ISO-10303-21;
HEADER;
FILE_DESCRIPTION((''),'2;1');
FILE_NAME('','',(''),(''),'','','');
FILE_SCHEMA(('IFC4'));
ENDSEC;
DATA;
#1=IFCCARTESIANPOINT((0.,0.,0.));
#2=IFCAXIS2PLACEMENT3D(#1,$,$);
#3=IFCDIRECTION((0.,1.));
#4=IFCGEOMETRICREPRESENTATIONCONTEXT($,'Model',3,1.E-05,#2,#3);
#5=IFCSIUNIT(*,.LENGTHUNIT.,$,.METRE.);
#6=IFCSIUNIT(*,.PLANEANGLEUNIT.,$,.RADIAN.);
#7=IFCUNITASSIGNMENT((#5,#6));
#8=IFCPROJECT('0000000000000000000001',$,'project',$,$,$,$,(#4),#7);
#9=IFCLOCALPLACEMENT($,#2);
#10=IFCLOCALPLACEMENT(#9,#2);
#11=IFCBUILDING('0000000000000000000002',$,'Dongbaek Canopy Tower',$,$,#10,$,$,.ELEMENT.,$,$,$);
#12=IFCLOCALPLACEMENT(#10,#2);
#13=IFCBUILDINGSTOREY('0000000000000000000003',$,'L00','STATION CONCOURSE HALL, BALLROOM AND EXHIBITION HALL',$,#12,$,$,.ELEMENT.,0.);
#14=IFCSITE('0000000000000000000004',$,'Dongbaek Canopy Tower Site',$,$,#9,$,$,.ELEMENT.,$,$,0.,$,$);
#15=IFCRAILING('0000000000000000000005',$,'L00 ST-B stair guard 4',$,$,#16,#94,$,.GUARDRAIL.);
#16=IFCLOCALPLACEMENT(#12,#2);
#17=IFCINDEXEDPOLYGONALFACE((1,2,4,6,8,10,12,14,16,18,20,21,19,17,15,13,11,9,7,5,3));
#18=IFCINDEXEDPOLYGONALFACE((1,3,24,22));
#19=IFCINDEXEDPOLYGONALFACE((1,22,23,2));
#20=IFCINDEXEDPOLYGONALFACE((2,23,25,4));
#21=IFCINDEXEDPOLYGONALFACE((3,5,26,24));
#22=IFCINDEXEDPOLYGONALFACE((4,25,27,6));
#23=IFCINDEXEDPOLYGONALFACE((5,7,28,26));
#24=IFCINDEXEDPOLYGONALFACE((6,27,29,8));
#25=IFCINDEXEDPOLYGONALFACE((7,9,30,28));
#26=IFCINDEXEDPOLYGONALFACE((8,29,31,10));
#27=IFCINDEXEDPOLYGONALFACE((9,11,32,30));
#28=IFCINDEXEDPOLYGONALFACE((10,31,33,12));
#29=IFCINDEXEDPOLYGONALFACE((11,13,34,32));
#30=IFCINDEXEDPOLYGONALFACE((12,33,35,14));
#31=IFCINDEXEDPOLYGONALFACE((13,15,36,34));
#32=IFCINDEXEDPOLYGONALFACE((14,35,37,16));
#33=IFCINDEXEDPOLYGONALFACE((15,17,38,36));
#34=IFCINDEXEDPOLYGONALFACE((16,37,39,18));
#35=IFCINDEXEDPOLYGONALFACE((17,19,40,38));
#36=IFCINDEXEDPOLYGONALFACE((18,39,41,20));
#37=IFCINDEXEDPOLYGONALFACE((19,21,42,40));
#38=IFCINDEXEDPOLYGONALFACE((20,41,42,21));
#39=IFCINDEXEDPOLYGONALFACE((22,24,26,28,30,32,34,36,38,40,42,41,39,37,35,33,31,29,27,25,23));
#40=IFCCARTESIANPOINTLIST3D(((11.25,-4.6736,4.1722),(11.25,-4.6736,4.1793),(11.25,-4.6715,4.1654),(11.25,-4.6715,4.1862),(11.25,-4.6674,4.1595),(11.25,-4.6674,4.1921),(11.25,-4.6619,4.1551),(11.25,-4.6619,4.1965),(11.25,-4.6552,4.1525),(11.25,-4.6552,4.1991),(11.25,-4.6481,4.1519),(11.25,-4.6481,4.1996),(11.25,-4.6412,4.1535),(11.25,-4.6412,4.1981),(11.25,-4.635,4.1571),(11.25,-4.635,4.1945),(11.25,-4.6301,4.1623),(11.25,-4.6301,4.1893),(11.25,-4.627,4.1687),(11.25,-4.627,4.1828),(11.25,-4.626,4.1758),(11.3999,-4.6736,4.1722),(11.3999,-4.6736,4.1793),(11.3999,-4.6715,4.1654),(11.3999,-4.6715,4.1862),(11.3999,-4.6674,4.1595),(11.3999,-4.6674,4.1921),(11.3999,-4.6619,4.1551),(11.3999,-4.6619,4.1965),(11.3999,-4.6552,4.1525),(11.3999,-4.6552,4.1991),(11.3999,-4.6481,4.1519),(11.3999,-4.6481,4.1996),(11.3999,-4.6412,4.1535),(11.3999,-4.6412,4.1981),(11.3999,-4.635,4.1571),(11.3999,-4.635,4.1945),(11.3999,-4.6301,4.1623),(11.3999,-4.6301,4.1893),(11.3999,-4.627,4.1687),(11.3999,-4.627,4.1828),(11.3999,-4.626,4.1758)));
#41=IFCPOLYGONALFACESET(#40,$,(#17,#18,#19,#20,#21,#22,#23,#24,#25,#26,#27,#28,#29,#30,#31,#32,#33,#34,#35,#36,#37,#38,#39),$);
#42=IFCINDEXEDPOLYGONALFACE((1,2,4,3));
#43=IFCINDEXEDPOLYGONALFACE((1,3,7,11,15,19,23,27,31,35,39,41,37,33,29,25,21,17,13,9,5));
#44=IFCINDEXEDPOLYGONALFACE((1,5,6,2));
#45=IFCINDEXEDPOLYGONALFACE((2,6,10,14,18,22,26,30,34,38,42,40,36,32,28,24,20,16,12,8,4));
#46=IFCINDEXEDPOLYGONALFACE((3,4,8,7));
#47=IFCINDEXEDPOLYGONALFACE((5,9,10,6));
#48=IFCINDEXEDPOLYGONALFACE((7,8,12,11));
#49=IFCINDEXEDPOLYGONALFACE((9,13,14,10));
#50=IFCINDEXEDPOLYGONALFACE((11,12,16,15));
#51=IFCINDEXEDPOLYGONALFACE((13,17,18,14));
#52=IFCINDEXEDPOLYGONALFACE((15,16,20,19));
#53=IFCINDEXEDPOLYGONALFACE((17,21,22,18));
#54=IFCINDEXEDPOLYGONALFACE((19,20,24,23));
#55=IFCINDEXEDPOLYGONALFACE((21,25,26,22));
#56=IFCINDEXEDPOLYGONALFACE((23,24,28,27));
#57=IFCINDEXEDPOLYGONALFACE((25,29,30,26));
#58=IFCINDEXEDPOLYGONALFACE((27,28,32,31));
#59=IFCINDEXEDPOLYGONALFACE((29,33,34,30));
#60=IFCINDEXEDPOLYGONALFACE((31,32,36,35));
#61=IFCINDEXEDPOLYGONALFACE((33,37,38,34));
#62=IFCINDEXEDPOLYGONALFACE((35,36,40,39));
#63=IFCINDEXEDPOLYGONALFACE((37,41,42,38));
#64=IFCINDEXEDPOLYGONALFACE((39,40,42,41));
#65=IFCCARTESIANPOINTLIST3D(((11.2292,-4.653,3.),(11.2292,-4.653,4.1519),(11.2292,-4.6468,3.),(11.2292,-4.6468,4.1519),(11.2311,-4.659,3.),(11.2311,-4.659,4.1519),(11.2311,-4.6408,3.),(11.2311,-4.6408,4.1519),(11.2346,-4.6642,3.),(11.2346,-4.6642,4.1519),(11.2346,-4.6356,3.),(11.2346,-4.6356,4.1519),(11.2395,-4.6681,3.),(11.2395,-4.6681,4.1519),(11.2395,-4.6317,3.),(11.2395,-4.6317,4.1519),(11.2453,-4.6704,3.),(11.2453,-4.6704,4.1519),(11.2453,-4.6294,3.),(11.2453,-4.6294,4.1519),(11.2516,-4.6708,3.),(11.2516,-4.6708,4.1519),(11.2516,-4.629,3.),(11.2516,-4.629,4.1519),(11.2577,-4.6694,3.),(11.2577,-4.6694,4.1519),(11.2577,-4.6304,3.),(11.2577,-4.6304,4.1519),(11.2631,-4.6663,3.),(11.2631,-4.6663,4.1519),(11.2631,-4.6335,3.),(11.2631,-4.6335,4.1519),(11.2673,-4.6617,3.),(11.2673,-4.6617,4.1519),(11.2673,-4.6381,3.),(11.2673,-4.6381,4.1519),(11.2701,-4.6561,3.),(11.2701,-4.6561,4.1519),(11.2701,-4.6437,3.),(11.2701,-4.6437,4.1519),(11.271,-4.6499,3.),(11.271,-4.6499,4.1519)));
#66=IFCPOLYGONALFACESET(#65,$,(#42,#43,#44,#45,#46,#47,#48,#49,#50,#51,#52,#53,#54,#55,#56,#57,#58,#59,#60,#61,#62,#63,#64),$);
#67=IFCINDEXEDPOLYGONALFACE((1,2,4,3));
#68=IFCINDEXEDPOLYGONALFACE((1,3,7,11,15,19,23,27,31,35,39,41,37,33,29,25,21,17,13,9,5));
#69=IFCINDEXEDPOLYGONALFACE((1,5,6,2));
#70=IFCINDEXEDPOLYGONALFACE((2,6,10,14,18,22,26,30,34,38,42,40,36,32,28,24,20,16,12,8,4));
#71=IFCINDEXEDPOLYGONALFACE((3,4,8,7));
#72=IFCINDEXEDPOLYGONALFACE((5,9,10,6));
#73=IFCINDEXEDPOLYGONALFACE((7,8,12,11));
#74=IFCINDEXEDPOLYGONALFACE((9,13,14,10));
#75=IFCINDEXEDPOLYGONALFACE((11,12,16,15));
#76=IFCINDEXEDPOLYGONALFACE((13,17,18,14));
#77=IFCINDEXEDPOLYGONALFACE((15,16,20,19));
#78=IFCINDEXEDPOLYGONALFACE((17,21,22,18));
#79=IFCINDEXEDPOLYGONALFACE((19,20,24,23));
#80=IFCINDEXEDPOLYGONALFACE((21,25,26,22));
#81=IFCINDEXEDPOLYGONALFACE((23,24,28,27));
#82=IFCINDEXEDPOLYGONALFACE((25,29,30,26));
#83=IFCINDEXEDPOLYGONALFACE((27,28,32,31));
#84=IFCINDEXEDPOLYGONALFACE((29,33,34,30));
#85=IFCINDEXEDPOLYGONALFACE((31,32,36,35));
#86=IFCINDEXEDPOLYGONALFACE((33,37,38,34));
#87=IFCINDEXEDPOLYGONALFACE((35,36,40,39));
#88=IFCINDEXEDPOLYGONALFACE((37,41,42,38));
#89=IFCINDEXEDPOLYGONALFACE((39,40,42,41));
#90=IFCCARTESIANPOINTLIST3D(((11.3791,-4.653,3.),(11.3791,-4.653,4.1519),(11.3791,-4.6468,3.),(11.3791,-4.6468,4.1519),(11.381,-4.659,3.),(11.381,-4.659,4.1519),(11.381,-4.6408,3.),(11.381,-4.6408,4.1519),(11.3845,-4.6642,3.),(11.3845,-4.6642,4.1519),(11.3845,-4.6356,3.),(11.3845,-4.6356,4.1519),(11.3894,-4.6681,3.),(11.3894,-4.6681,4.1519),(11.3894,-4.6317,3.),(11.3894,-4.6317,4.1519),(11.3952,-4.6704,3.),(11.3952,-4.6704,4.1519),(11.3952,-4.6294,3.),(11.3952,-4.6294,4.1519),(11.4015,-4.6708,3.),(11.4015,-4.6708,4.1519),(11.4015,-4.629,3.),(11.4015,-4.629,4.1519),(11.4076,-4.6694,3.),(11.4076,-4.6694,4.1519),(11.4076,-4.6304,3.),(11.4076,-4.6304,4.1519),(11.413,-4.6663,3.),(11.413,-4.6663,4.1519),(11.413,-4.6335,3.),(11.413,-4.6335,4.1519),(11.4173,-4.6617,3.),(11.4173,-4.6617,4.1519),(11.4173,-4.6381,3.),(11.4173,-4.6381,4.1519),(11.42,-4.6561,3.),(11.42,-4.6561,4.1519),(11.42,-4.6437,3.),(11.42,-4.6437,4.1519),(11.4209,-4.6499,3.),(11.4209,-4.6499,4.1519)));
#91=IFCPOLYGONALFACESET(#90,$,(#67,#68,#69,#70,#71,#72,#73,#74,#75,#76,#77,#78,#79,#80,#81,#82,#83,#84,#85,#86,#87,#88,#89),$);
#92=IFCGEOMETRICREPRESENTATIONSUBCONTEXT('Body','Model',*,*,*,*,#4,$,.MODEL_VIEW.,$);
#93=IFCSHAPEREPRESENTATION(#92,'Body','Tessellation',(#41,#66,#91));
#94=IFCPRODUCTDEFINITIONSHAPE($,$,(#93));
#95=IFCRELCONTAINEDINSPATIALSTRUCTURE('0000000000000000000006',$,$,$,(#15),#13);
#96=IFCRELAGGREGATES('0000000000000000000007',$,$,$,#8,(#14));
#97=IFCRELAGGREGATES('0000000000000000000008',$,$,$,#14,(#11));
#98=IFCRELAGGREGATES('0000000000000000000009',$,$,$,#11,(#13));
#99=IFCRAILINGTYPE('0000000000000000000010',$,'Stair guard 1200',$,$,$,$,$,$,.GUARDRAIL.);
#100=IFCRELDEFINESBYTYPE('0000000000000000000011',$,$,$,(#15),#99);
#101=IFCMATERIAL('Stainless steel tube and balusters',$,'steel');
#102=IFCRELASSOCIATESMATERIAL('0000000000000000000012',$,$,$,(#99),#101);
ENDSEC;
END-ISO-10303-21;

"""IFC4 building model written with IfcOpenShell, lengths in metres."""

from ifc_helpers import new_model, si_unit, direction, frame, origin, origin_2d, place, context, subcontext, project, spatial, circle, extrude, material, type_object, element, save


model = new_model("IFC4")

# Units and contexts
model_context = context("Model", 3, precision=1e-05, world=origin(), true_north=direction((0.0, 1.0)))
body_context = subcontext(model_context, "Body", "Model", "MODEL_VIEW")
ifc_project = project(units=[si_unit("LENGTHUNIT", "METRE"), si_unit("PLANEANGLEUNIT", "RADIAN")], contexts=[model_context])

# Site, building, storey
site_placement = place(None, origin())
site = spatial("IfcSite", under=ifc_project, at=site_placement, Name="Dongbaek Canopy Tower Site", CompositionType="ELEMENT", RefElevation=0.0)
building_placement = place(site_placement, origin())
building = spatial("IfcBuilding", under=site, at=building_placement, Name="Dongbaek Canopy Tower", CompositionType="ELEMENT")
storey_placement = place(building_placement, origin())
storey = spatial("IfcBuildingStorey", under=building, at=storey_placement, Name="L00", Description="STATION CONCOURSE HALL, BALLROOM AND EXHIBITION HALL", CompositionType="ELEMENT", Elevation=0.0)

# Railing
ifc_material_1 = material(Name="Stainless steel tube and balusters", Category="steel")
railing_type_1 = type_object("IfcRailingType", Name="Stair guard 1200", PredefinedType="GUARDRAIL", material=ifc_material_1)
railing_1_placement = place(storey_placement, frame((11.25, -4.6499, 3.0)))
element("IfcRailing", 1, at=railing_1_placement, inside=storey, type_object=railing_type_1, Name="L00 ST-B stair guard 4", PredefinedType="GUARDRAIL", context=body_context, shape_type="SweptSolid", body=[
    extrude(circle(Radius=0.0239, at=origin_2d()), frame((0.0, 0.0, 1.1758), z_axis=(1.0, 0.0, 0.0), x_axis=(0.0, 1.0, 0.0)), (0.0, 0.0, 1.0), 0.1499),
    extrude(circle(Radius=0.021, at=origin_2d()), origin(), (0.0, 0.0, 1.0), 1.1519),
    extrude(circle(Radius=0.021, at=origin_2d()), frame((0.1499, 0.0, 0.0)), (0.0, 0.0, 1.0), 1.1519),
])

save(model, "model.ifc")
